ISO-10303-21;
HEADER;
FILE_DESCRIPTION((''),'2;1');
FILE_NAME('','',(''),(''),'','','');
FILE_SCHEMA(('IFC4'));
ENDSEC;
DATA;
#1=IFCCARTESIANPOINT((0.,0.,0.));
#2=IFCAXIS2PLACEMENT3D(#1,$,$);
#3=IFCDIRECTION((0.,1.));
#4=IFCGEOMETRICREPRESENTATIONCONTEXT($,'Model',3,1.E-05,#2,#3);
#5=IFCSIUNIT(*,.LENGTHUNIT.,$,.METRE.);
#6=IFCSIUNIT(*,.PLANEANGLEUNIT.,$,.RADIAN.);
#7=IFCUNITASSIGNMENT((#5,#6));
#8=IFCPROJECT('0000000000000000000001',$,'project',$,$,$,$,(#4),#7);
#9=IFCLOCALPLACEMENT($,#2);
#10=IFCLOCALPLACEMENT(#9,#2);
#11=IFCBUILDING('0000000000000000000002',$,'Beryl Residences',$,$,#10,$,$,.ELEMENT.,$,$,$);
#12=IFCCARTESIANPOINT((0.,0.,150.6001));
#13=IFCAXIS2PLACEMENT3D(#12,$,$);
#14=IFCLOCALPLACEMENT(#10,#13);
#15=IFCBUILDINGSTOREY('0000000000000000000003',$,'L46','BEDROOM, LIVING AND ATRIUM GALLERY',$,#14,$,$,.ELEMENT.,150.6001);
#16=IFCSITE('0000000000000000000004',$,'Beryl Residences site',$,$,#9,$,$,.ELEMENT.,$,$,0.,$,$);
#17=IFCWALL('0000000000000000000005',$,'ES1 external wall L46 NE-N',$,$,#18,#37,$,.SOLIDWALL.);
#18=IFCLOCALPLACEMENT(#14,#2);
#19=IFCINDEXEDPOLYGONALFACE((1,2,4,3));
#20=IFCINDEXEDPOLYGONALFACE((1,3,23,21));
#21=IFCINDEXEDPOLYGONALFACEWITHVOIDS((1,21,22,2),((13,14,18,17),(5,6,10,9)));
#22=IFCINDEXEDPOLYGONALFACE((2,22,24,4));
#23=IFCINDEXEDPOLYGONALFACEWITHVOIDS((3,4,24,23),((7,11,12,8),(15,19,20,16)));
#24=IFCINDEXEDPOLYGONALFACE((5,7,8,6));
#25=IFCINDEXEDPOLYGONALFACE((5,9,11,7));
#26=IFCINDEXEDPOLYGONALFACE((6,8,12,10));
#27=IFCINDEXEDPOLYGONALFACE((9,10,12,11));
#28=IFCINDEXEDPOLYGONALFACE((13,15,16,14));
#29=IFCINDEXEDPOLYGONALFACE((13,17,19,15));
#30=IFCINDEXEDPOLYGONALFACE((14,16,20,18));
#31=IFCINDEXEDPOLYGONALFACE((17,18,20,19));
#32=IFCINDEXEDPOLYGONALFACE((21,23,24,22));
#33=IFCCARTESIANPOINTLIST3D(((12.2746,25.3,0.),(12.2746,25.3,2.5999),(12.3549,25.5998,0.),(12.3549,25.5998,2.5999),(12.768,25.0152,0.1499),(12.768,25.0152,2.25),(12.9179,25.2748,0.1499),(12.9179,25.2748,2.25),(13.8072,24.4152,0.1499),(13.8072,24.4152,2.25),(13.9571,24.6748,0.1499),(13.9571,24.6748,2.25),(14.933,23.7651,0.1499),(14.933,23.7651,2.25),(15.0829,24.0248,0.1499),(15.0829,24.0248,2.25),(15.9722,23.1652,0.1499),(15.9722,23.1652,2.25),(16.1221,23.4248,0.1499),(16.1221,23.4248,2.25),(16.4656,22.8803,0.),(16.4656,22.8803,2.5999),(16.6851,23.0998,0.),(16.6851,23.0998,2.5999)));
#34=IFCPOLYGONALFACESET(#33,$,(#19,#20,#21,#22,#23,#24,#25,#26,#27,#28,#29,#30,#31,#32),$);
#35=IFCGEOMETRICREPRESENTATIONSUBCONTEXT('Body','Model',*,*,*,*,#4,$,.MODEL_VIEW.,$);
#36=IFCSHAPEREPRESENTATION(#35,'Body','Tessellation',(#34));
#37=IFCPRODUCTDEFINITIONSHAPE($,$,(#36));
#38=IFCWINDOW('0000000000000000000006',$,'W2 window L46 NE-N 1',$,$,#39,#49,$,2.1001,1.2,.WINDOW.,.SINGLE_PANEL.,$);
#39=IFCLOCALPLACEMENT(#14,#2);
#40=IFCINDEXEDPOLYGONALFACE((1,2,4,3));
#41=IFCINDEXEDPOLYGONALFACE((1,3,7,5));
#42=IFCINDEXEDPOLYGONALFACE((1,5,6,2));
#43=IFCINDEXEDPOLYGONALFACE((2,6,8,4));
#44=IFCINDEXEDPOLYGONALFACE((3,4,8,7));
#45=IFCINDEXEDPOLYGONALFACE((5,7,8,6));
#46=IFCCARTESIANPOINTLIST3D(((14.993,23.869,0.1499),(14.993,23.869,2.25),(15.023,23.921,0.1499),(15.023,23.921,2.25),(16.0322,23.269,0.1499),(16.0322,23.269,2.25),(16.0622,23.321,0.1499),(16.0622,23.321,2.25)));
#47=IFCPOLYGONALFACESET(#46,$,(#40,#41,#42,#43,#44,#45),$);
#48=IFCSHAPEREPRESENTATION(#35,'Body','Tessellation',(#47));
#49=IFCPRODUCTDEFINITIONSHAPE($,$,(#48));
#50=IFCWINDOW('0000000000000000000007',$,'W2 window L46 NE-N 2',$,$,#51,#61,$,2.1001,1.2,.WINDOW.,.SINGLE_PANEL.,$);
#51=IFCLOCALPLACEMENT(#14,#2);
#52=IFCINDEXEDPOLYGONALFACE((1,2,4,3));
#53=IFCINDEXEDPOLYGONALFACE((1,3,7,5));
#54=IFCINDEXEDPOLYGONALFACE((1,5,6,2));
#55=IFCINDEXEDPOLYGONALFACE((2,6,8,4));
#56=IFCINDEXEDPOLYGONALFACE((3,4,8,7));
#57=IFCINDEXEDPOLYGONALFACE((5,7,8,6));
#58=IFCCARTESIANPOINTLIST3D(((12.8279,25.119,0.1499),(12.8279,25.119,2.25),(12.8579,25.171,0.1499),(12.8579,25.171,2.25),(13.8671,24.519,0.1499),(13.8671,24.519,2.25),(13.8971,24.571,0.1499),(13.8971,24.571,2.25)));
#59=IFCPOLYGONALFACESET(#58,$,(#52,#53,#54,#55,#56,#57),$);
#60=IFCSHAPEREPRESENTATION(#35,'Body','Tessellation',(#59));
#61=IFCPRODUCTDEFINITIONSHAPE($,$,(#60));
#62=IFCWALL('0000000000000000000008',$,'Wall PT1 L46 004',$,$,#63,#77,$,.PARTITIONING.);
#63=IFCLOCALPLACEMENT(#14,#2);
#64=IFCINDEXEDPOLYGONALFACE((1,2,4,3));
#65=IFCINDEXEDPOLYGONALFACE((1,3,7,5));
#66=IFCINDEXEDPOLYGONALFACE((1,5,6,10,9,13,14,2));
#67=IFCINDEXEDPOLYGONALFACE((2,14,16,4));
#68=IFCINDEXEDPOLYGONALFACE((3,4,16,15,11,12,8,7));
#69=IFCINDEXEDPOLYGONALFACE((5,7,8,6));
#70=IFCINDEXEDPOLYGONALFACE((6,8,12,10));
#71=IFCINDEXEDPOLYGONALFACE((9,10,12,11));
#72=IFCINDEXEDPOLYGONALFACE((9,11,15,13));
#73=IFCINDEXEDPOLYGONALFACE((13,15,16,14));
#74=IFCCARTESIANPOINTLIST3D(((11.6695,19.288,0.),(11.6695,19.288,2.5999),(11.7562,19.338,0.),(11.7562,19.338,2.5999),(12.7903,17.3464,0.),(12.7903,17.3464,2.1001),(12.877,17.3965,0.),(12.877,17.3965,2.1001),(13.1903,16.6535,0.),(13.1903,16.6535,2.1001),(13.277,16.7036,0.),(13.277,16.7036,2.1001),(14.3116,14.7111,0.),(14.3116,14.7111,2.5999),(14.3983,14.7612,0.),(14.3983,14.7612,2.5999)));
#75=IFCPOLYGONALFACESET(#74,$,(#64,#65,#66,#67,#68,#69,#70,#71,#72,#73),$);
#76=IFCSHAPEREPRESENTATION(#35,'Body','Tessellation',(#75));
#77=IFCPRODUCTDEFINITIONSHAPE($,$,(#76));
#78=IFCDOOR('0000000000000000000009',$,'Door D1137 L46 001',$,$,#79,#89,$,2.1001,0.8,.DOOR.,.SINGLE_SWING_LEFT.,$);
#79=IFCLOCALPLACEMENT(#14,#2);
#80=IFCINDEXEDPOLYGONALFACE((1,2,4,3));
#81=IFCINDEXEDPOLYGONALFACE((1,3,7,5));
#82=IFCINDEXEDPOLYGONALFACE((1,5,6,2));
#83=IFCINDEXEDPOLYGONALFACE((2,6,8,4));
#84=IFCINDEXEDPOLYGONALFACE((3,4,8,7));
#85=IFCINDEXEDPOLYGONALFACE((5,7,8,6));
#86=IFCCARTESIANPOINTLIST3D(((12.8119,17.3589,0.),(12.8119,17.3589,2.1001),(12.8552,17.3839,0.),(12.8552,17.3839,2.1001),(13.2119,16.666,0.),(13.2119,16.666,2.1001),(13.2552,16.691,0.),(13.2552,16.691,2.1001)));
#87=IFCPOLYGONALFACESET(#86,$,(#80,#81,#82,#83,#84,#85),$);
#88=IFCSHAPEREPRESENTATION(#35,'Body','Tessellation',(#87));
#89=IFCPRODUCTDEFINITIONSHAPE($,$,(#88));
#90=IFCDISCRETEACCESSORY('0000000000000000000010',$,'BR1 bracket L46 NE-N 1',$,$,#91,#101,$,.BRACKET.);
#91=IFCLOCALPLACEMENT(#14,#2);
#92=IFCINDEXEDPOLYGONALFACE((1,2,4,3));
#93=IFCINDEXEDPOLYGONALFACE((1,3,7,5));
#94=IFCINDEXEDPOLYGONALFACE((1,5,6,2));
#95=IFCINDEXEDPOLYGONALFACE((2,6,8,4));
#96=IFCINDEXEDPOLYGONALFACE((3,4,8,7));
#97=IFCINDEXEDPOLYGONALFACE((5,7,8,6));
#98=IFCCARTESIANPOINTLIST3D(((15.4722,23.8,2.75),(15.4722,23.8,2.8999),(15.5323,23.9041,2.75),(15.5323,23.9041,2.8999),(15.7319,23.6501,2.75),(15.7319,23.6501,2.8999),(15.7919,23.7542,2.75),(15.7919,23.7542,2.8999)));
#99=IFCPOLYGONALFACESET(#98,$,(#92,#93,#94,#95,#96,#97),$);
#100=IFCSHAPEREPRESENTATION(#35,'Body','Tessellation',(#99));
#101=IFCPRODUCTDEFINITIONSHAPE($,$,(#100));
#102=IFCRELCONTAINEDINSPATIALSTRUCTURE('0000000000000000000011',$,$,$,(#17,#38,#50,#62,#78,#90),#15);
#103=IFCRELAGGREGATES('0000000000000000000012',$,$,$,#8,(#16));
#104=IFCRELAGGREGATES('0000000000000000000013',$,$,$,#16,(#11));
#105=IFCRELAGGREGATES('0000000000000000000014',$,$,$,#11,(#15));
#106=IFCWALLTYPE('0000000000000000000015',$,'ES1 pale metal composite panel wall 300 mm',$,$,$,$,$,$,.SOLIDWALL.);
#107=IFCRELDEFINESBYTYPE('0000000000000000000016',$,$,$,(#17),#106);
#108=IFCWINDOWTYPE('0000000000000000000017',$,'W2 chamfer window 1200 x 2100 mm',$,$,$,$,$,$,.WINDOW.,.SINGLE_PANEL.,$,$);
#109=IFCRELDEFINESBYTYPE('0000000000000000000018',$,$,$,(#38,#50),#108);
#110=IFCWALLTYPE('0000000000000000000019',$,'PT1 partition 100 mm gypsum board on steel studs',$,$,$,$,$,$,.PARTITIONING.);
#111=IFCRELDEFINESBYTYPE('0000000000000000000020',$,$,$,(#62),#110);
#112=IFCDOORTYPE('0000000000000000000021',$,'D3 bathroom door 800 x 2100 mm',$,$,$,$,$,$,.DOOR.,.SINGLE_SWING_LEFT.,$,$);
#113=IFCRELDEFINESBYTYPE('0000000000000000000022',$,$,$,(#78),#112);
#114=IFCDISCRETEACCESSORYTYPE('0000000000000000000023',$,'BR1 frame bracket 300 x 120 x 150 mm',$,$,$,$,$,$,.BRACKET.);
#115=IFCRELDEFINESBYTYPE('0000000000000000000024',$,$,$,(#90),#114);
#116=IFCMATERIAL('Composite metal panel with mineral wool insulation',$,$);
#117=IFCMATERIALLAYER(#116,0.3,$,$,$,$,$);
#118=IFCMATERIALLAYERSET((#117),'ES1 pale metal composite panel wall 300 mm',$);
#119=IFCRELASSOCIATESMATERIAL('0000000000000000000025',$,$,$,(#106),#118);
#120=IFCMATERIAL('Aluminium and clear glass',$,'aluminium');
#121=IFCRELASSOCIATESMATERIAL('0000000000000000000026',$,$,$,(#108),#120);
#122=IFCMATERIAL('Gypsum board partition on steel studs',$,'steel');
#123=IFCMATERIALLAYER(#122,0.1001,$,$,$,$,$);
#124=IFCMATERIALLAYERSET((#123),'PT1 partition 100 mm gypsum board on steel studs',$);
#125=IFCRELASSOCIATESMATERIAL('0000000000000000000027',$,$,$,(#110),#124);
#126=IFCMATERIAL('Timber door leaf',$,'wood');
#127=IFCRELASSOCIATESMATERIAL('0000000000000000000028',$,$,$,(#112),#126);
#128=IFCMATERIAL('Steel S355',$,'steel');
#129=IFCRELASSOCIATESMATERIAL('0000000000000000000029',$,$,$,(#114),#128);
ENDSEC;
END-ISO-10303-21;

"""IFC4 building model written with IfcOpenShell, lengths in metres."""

from ifc_helpers import new_model, si_unit, direction, frame, frame_2d, origin, place, context, subcontext, project, spatial, polyline, rectangle, outline, extrude, source, transform, mapped, material, layer, layer_set, type_object, type_shapes, element, fill, save


model = new_model("IFC4")

# Units and contexts
model_context = context("Model", 3, precision=1e-05, world=origin(), true_north=direction((0.0, 1.0)))
body_context = subcontext(model_context, "Body", "Model", "MODEL_VIEW")
ifc_project = project(units=[si_unit("LENGTHUNIT", "METRE"), si_unit("PLANEANGLEUNIT", "RADIAN")], contexts=[model_context])

# Site, building, storey
site_placement = place(None, origin())
site = spatial("IfcSite", under=ifc_project, at=site_placement, Name="Beryl Residences site", CompositionType="ELEMENT", RefElevation=0.0)
building_placement = place(site_placement, origin())
building = spatial("IfcBuilding", under=site, at=building_placement, Name="Beryl Residences", CompositionType="ELEMENT")
storey_placement = place(building_placement, frame((0.0, 0.0, 150.6001)))
storey = spatial("IfcBuildingStorey", under=building, at=storey_placement, Name="L46", Description="BEDROOM, LIVING AND ATRIUM GALLERY", CompositionType="ELEMENT", Elevation=150.6001)

# Wall, openings, windows
ifc_material_1 = material(Name="Composite metal panel with mineral wool insulation")
ifc_layer_1 = layer(ifc_material_1, 0.3)
ifc_layer_set_1 = layer_set([ifc_layer_1], Name="ES1 pale metal composite panel wall 300 mm")
wall_type_1 = type_object("IfcWallType", Name="ES1 pale metal composite panel wall 300 mm", PredefinedType="SOLIDWALL", material=ifc_layer_set_1)
wall_1_placement = place(storey_placement, frame((16.6101, 22.97, 0.0), z_axis=(0.0, 0.0, 1.0), x_axis=(-0.866023, 0.500004, 0.0)))
wall_1 = element("IfcWall", 1, at=wall_1_placement, inside=storey, type_object=wall_type_1, Name="ES1 external wall L46 NE-N", PredefinedType="SOLIDWALL", context=body_context, shape_type="SweptSolid", body=[
    extrude(outline(polyline([(0.0, -0.1499), (5.0, -0.1499), (4.9197, 0.1499), (0.0803, 0.1499), (0.0, -0.1499)])), origin(), (0.0, 0.0, 1.0), 2.5999),
])
opening_1_placement = place(wall_1_placement, frame((0.6499, 0.0, 0.1499)))
opening_1 = element("IfcOpeningElement", 2, at=opening_1_placement, cuts=wall_1, PredefinedType="OPENING", context=body_context, shape_type="SweptSolid", body=[
    extrude(rectangle(XDim=1.2, YDim=2.1001, at=frame_2d((0.6001, 1.05))), frame((0.0, 0.1599, 0.0), z_axis=(0.0, -1.0, 0.0), x_axis=(1.0, 0.0, 0.0)), (0.0, 0.0, 1.0), 0.3201),
])
opening_2_placement = place(wall_1_placement, frame((3.1499, 0.0, 0.1499)))
opening_2 = element("IfcOpeningElement", 3, at=opening_2_placement, cuts=wall_1, PredefinedType="OPENING", context=body_context, shape_type="SweptSolid", body=[
    extrude(rectangle(XDim=1.2, YDim=2.1001, at=frame_2d((0.6001, 1.05))), frame((0.0, 0.1599, 0.0), z_axis=(0.0, -1.0, 0.0), x_axis=(1.0, 0.0, 0.0)), (0.0, 0.0, 1.0), 0.3201),
])
ifc_material_2 = material(Name="Aluminium and clear glass", Category="aluminium")
window_type_1 = type_object("IfcWindowType", Name="W2 chamfer window 1200 x 2100 mm", PartitioningType="SINGLE_PANEL", PredefinedType="WINDOW", material=ifc_material_2)
window_1_placement = place(opening_1_placement, origin())
window_1 = element("IfcWindow", 4, at=window_1_placement, inside=storey, type_object=window_type_1, Name="W2 window L46 NE-N 1", OverallHeight=2.1001, OverallWidth=1.2, PartitioningType="SINGLE_PANEL", PredefinedType="WINDOW", context=body_context, shape_type="SweptSolid", body=[
    extrude(rectangle(XDim=1.2, YDim=2.1001, at=frame_2d((0.6001, 1.05))), frame((0.0, 0.03, 0.0), z_axis=(0.0, -1.0, 0.0), x_axis=(1.0, 0.0, 0.0)), (0.0, 0.0, 1.0), 0.0601),
])
fill(opening_1, window_1)
window_2_placement = place(opening_2_placement, origin())
window_2 = element("IfcWindow", 5, at=window_2_placement, inside=storey, type_object=window_type_1, Name="W2 window L46 NE-N 2", OverallHeight=2.1001, OverallWidth=1.2, PartitioningType="SINGLE_PANEL", PredefinedType="WINDOW", context=body_context, shape_type="SweptSolid", body=[
    extrude(rectangle(XDim=1.2, YDim=2.1001, at=frame_2d((0.6001, 1.05))), frame((0.0, 0.03, 0.0), z_axis=(0.0, -1.0, 0.0), x_axis=(1.0, 0.0, 0.0)), (0.0, 0.0, 1.0), 0.0601),
])
fill(opening_2, window_2)

# Wall, opening, door
ifc_material_3 = material(Name="Gypsum board partition on steel studs", Category="steel")
ifc_layer_2 = layer(ifc_material_3, 0.1001)
ifc_layer_set_2 = layer_set([ifc_layer_2], Name="PT1 partition 100 mm gypsum board on steel studs")
wall_type_2 = type_object("IfcWallType", Name="PT1 partition 100 mm gypsum board on steel studs", PredefinedType="PARTITIONING", material=ifc_layer_set_2)
wall_2_placement = place(storey_placement, frame((11.7129, 19.313, 0.0), z_axis=(0.0, 0.0, 1.0), x_axis=(0.499945, -0.866057, 0.0)))
wall_2 = element("IfcWall", 6, at=wall_2_placement, inside=storey, type_object=wall_type_2, Name="Wall PT1 L46 004", PredefinedType="PARTITIONING", context=body_context, shape_type="SweptSolid", body=[
    extrude(rectangle(XDim=5.2847, YDim=0.1001, at=frame_2d((2.6423, 0.0))), origin(), (0.0, 0.0, 1.0), 2.5999),
])
opening_3_placement = place(wall_2_placement, frame((2.2419, 0.0, 0.0)))
opening_3 = element("IfcOpeningElement", 7, at=opening_3_placement, cuts=wall_2, PredefinedType="OPENING", context=body_context, shape_type="SweptSolid", body=[
    extrude(rectangle(XDim=0.8, YDim=2.1001, at=frame_2d((0.3999, 1.05))), frame((0.0, 0.0601, 0.0), z_axis=(0.0, -1.0, 0.0), x_axis=(1.0, 0.0, 0.0)), (0.0, 0.0, 1.0), 0.1201),
])
ifc_material_4 = material(Name="Timber door leaf", Category="wood")
door_type = type_object("IfcDoorType", Name="D3 bathroom door 800 x 2100 mm", OperationType="SINGLE_SWING_LEFT", PredefinedType="DOOR", material=ifc_material_4)
door_placement = place(opening_3_placement, origin())
door = element("IfcDoor", 8, at=door_placement, inside=storey, type_object=door_type, Name="Door D1137 L46 001", OperationType="SINGLE_SWING_LEFT", OverallHeight=2.1001, OverallWidth=0.8, PredefinedType="DOOR", context=body_context, shape_type="SweptSolid", body=[
    extrude(rectangle(XDim=0.8, YDim=2.1001, at=frame_2d((0.3999, 1.05))), frame((0.0, 0.0249, 0.0), z_axis=(0.0, -1.0, 0.0), x_axis=(1.0, 0.0, 0.0)), (0.0, 0.0, 1.0), 0.05),
])
fill(opening_3, door)

# Discrete accessory
ifc_material_5 = material(Name="Steel S355", Category="steel")
discrete_accessory_type = type_object("IfcDiscreteAccessoryType", Name="BR1 frame bracket 300 x 120 x 150 mm", PredefinedType="BRACKET", material=ifc_material_5)
shared_shape_1 = source(origin(), body_context, "Body", "SweptSolid", [
    extrude(outline(polyline([(-0.1499, 0.0), (0.1499, 0.0), (0.1499, 0.1201), (-0.1499, 0.1201), (-0.1499, 0.0)])), origin(), (0.0, 0.0, 1.0), 0.1499),
])
type_shapes(discrete_accessory_type, [shared_shape_1])
discrete_accessory_placement = place(storey_placement, frame((15.6021, 23.7251, 2.75), z_axis=(0.0, 0.0, 1.0), x_axis=(0.866025, -0.5, 0.0)))
element("IfcDiscreteAccessory", 9, at=discrete_accessory_placement, inside=storey, type_object=discrete_accessory_type, Name="BR1 bracket L46 NE-N 1", PredefinedType="BRACKET", context=body_context, shape_type="MappedRepresentation", body=[
    mapped(shared_shape_1, transform((0.0, 0.0, 0.0))),
])

save(model, "model.ifc")
